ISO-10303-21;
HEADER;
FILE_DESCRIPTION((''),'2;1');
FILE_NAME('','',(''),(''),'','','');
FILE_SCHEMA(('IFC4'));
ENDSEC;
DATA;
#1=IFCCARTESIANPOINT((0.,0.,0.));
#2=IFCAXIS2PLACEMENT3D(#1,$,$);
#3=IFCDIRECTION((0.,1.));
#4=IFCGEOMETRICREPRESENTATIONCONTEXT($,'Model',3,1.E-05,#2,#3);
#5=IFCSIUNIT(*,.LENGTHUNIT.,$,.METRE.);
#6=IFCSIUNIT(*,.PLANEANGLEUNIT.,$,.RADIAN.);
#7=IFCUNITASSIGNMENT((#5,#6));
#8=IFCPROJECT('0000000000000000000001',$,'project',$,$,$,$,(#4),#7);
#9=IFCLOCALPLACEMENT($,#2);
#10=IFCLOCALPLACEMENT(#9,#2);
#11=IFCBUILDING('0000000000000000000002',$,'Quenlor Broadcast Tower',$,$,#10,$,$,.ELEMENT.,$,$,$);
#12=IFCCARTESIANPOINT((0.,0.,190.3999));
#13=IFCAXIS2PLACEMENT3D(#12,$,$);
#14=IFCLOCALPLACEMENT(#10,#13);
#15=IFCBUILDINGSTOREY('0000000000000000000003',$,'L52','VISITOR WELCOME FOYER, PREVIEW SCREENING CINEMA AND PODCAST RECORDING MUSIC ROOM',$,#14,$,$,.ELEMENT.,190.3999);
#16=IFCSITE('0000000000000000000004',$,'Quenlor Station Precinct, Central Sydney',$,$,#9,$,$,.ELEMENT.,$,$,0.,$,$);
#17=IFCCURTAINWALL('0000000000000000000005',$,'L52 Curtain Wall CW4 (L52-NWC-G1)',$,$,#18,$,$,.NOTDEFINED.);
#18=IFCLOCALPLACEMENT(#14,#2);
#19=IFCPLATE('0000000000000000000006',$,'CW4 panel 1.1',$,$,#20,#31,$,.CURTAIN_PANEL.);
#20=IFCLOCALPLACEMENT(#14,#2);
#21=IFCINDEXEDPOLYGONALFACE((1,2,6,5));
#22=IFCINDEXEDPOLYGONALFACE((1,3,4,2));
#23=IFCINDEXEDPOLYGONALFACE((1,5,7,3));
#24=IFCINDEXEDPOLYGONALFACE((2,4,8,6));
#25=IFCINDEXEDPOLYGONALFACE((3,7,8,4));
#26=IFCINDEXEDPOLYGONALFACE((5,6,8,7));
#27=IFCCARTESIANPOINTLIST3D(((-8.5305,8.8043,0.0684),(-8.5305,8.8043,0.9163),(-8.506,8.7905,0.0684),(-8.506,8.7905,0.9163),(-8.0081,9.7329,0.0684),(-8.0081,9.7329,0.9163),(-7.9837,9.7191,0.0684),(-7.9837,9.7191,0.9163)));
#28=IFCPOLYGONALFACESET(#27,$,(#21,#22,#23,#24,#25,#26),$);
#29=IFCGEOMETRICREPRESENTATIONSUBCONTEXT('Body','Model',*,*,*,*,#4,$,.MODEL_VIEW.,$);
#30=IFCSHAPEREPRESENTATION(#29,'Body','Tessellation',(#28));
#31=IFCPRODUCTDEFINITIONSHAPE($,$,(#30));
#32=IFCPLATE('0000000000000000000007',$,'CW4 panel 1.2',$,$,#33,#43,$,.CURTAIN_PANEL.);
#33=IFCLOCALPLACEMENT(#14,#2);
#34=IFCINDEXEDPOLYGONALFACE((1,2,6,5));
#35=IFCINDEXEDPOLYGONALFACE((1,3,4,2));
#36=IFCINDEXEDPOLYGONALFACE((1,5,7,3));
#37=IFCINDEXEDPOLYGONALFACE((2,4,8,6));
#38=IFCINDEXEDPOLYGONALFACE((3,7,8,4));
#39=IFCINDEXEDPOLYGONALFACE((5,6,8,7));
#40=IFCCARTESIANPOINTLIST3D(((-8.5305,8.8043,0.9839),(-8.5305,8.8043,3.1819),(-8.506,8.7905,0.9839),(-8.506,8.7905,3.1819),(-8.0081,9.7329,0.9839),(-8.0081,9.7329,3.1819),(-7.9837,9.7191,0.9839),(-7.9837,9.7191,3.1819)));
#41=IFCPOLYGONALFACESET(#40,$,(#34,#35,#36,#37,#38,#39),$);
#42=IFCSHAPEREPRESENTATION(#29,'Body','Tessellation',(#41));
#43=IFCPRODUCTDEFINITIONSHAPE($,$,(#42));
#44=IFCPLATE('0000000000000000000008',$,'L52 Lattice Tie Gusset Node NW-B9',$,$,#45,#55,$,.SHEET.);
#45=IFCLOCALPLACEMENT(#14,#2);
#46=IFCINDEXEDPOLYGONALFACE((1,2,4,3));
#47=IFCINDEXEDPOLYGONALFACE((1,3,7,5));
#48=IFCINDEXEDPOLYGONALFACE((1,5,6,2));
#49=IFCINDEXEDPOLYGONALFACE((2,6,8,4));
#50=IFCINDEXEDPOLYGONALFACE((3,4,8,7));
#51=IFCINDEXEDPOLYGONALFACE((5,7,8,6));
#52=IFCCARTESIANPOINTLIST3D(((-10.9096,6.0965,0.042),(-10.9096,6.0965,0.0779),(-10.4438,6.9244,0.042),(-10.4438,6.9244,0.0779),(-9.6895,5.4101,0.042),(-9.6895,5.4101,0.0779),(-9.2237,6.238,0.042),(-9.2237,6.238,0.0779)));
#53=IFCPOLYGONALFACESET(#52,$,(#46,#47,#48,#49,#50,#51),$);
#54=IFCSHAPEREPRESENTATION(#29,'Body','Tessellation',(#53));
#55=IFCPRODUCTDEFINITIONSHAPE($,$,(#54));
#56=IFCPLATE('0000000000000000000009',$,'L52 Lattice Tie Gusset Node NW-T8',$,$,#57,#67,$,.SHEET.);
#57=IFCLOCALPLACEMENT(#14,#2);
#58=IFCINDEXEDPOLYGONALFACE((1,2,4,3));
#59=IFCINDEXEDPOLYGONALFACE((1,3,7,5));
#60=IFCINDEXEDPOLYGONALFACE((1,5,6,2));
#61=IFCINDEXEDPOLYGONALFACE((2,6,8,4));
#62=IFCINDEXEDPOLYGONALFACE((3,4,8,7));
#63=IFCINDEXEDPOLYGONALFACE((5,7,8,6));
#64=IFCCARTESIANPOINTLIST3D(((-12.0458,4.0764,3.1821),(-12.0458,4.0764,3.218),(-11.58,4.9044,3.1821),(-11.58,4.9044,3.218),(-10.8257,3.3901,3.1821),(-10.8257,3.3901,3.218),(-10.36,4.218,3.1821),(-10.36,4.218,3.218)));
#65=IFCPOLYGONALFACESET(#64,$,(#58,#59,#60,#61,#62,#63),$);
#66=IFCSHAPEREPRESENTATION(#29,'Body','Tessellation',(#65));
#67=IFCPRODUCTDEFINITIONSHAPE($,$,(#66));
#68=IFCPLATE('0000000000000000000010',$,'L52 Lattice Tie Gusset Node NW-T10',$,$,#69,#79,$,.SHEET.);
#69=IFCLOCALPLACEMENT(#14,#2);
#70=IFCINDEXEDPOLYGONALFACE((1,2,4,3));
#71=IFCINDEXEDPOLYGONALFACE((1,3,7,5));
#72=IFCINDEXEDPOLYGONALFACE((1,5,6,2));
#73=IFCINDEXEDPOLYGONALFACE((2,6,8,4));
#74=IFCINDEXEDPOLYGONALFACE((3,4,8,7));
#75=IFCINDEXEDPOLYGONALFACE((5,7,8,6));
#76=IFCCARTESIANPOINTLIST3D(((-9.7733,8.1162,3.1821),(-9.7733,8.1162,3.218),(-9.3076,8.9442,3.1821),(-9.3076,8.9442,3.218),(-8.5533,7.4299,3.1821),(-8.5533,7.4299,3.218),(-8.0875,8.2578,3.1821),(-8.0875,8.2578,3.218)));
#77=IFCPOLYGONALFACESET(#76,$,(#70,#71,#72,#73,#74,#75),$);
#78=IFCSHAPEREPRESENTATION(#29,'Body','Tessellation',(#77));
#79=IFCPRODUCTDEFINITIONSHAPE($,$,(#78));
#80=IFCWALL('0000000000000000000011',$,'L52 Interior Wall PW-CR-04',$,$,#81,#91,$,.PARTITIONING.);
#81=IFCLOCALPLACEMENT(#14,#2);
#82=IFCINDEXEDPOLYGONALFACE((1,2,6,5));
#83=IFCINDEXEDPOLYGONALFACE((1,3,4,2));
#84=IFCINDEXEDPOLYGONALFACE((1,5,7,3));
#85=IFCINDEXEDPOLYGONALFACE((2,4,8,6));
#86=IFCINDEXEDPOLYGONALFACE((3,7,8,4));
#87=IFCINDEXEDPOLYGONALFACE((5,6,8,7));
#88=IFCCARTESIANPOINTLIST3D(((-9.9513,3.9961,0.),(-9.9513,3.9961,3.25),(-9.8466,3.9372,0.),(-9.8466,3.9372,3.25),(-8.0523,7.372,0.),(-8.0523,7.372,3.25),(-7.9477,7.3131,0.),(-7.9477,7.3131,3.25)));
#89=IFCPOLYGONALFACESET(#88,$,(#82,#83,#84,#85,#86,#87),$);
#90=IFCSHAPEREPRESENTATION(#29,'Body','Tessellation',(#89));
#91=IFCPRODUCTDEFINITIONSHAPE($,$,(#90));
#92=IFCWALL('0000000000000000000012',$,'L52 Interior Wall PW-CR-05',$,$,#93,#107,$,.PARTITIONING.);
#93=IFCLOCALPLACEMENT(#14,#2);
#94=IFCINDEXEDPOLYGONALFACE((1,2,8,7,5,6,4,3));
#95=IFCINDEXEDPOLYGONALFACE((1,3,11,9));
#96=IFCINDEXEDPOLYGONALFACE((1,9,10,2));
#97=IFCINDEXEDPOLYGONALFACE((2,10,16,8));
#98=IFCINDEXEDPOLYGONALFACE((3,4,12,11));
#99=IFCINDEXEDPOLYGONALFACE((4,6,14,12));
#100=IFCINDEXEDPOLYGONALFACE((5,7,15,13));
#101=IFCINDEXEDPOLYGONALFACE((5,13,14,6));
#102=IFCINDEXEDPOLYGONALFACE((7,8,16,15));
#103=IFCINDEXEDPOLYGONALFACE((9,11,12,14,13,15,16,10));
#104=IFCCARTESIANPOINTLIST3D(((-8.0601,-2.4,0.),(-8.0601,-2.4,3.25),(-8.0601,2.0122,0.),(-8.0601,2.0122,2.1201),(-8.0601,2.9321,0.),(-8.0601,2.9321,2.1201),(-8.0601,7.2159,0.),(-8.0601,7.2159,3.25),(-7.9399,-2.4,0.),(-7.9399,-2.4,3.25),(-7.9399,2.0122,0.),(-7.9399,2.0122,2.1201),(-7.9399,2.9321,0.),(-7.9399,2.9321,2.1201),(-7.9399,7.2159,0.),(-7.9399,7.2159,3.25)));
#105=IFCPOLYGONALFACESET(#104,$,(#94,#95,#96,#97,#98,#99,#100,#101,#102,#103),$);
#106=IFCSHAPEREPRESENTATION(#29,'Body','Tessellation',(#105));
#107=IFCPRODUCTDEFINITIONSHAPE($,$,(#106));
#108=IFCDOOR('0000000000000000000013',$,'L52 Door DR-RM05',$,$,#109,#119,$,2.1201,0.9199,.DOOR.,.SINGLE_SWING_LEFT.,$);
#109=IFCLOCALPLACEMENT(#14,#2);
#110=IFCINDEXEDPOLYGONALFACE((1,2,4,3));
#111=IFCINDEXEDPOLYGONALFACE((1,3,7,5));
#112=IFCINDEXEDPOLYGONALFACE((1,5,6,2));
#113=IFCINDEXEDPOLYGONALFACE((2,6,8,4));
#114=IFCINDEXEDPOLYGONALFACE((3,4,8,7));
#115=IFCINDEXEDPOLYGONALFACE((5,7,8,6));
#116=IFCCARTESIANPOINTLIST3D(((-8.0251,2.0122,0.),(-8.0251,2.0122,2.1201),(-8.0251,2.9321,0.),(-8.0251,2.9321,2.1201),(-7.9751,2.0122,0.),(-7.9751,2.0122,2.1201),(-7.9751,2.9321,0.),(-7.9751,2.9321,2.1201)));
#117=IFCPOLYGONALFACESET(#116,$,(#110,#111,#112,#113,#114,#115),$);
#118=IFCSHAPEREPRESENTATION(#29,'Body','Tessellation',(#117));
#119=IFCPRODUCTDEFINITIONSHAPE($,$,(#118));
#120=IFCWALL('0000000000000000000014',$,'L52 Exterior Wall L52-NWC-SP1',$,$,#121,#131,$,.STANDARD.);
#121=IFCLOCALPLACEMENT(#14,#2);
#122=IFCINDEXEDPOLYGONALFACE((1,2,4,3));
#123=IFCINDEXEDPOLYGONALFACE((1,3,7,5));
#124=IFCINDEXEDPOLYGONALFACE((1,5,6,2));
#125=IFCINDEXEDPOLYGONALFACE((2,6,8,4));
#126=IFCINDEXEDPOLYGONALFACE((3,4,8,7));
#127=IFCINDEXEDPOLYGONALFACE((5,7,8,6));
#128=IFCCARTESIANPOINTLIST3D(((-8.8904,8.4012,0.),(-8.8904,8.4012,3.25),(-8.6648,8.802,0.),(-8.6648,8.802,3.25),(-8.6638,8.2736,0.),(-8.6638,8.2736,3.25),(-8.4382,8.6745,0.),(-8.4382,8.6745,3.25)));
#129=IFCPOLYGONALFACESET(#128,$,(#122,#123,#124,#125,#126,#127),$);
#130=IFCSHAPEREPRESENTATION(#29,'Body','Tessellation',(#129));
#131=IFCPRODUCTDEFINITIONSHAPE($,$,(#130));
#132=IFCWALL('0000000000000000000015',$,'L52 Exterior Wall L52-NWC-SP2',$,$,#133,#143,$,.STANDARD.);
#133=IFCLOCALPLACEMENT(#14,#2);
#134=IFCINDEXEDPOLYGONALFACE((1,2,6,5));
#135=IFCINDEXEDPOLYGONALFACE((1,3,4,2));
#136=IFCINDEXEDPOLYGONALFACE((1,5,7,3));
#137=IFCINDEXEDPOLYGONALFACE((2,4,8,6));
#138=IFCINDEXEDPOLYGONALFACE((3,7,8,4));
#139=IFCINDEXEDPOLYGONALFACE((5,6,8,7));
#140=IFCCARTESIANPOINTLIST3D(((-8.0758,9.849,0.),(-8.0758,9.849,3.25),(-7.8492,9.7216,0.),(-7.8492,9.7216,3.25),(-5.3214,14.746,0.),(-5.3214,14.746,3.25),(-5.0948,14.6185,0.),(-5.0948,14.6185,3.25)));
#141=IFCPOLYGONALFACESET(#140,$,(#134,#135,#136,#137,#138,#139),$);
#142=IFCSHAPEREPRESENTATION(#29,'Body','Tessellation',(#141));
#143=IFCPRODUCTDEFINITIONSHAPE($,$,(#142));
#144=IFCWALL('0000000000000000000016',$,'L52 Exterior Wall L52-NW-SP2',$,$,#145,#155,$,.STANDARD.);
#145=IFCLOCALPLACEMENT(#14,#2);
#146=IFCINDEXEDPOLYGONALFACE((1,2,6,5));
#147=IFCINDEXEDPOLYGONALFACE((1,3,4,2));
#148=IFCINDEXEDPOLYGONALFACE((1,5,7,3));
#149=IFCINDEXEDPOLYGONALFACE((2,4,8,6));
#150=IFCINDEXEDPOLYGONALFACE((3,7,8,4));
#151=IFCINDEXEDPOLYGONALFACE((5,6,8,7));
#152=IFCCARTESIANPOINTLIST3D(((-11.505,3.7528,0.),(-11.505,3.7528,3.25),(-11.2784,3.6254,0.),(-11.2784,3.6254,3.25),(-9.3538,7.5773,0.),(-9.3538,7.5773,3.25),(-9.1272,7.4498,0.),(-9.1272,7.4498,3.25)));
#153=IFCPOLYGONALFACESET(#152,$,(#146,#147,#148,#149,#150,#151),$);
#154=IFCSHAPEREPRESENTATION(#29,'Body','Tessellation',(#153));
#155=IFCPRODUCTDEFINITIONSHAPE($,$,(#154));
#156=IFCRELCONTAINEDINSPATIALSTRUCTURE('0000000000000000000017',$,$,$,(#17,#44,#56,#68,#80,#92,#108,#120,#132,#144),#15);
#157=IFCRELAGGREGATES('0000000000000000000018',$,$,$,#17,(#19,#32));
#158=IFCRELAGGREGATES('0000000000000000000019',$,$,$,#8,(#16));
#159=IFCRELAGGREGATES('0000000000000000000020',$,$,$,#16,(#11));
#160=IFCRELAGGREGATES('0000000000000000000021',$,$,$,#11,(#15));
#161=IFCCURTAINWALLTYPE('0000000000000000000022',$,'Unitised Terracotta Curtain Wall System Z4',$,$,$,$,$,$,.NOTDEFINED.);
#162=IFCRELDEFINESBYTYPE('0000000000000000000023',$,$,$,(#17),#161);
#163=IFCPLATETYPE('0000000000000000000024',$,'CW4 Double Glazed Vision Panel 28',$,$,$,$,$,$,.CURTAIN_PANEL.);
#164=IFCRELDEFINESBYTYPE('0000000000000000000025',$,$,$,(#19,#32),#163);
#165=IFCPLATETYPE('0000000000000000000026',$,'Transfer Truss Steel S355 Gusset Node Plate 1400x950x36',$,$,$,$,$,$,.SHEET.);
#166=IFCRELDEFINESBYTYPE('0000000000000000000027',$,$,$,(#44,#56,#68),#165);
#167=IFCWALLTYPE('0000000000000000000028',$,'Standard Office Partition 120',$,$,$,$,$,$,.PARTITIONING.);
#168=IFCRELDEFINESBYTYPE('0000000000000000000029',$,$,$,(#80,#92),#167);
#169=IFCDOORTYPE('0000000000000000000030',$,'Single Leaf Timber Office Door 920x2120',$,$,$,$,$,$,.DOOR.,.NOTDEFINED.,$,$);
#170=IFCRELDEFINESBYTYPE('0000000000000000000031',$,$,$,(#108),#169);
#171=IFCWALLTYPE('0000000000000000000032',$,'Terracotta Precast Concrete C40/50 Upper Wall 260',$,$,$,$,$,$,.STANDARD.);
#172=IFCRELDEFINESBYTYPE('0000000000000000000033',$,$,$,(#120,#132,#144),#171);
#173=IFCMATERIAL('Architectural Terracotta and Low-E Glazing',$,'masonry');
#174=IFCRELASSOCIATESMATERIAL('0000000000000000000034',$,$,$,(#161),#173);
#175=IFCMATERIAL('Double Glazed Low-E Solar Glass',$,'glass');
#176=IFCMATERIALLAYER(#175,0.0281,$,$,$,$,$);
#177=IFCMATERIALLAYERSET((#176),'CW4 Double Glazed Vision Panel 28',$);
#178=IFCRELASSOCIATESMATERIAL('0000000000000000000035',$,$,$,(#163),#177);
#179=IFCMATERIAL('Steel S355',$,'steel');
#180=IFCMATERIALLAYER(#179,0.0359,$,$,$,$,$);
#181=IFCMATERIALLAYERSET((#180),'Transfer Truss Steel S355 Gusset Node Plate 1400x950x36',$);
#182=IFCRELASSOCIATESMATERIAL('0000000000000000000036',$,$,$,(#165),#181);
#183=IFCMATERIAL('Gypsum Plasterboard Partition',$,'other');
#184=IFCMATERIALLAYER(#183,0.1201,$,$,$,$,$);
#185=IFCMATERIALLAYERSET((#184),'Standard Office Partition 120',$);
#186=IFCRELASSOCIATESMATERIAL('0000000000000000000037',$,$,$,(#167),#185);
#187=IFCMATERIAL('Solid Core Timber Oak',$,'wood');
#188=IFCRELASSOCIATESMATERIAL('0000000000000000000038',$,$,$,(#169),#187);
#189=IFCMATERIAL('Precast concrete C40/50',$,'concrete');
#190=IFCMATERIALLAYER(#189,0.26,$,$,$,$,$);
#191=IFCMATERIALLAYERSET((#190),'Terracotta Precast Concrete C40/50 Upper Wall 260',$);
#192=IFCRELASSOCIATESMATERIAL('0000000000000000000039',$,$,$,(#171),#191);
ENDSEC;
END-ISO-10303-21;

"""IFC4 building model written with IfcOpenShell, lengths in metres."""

from ifc_helpers import new_model, si_unit, direction, frame, frame_2d, origin, origin_2d, place, context, subcontext, project, spatial, rectangle, extrude, material, layer, layer_set, type_object, element, fill, aggregate, save


model = new_model("IFC4")

# Units and contexts
model_context = context("Model", 3, precision=1e-05, world=origin(), true_north=direction((0.0, 1.0)))
body_context = subcontext(model_context, "Body", "Model", "MODEL_VIEW")
ifc_project = project(units=[si_unit("LENGTHUNIT", "METRE"), si_unit("PLANEANGLEUNIT", "RADIAN")], contexts=[model_context])

# Site, building, storey
site_placement = place(None, origin())
site = spatial("IfcSite", under=ifc_project, at=site_placement, Name="Quenlor Station Precinct, Central Sydney", CompositionType="ELEMENT", RefElevation=0.0)
building_placement = place(site_placement, origin())
building = spatial("IfcBuilding", under=site, at=building_placement, Name="Quenlor Broadcast Tower", CompositionType="ELEMENT")
storey_placement = place(building_placement, frame((0.0, 0.0, 190.3999)))
storey = spatial("IfcBuildingStorey", under=building, at=storey_placement, Name="L52", Description="VISITOR WELCOME FOYER, PREVIEW SCREENING CINEMA AND PODCAST RECORDING MUSIC ROOM", CompositionType="ELEMENT", Elevation=190.3999)

# Curtain wall
ifc_material_1 = material(Name="Architectural Terracotta and Low-E Glazing", Category="masonry")
curtain_wall_type = type_object("IfcCurtainWallType", Name="Unitised Terracotta Curtain Wall System Z4", PredefinedType="NOTDEFINED", material=ifc_material_1)
curtain_wall_placement = place(storey_placement, origin())
curtain_wall = element("IfcCurtainWall", 1, at=curtain_wall_placement, inside=storey, type_object=curtain_wall_type, Name="L52 Curtain Wall CW4 (L52-NWC-G1)", PredefinedType="NOTDEFINED")

# Plates
ifc_material_2 = material(Name="Double Glazed Low-E Solar Glass", Category="glass")
ifc_layer_1 = layer(ifc_material_2, 0.0281)
ifc_layer_set_1 = layer_set([ifc_layer_1], Name="CW4 Double Glazed Vision Panel 28")
plate_type_1 = type_object("IfcPlateType", Name="CW4 Double Glazed Vision Panel 28", PredefinedType="CURTAIN_PANEL", material=ifc_layer_set_1)
plate_1_placement = place(storey_placement, frame((-8.2571, 9.2617, 0.0684), z_axis=(0.0, 0.0, 1.0), x_axis=(0.490293, 0.871558, 0.0)))
plate_1 = element("IfcPlate", 2, at=plate_1_placement, type_object=plate_type_1, Name="CW4 panel 1.1", PredefinedType="CURTAIN_PANEL", context=body_context, shape_type="SweptSolid", body=[
    extrude(rectangle(XDim=1.0654, YDim=0.0281, at=origin_2d()), origin(), (0.0, 0.0, 1.0), 0.8479),
])
plate_2_placement = place(storey_placement, frame((-8.2571, 9.2617, 0.9839), z_axis=(0.0, 0.0, 1.0), x_axis=(0.490293, 0.871558, 0.0)))
plate_2 = element("IfcPlate", 3, at=plate_2_placement, type_object=plate_type_1, Name="CW4 panel 1.2", PredefinedType="CURTAIN_PANEL", context=body_context, shape_type="SweptSolid", body=[
    extrude(rectangle(XDim=1.0654, YDim=0.0281, at=origin_2d()), origin(), (0.0, 0.0, 1.0), 2.198),
])
aggregate(curtain_wall, [plate_1, plate_2])

# Plates
ifc_material_3 = material(Name="Steel S355", Category="steel")
ifc_layer_2 = layer(ifc_material_3, 0.0359)
ifc_layer_set_2 = layer_set([ifc_layer_2], Name="Transfer Truss Steel S355 Gusset Node Plate 1400x950x36")
plate_type_2 = type_object("IfcPlateType", Name="Transfer Truss Steel S355 Gusset Node Plate 1400x950x36", PredefinedType="SHEET", material=ifc_layer_set_2)
for number, where, z_axis, x_axis, name in (
    (4, (-10.0667, 6.1672, 0.042), (0.0, 0.0, 1.0), (-0.871556, 0.490295, 0.0), "L52 Lattice Tie Gusset Node NW-B9"),
    (5, (-11.2029, 4.1472, 3.1821), (0.0, 0.0, 1.0), (-0.871556, 0.490295, 0.0), "L52 Lattice Tie Gusset Node NW-T8"),
    (6, (-8.9304, 8.187, 3.1821), (0.0, 0.0, 1.0), (-0.871556, 0.490295, 0.0), "L52 Lattice Tie Gusset Node NW-T10"),
):
    element("IfcPlate", number, at=place(storey_placement, frame(where, z_axis=z_axis, x_axis=x_axis)), inside=storey, type_object=plate_type_2, Name=name, PredefinedType="SHEET", context=body_context, shape_type="SweptSolid", body=[
        extrude(rectangle(XDim=1.3999, YDim=0.95, at=origin_2d()), origin(), (0.0, 0.0, 1.0), 0.0359),
    ])

# Wall
ifc_material_4 = material(Name="Gypsum Plasterboard Partition", Category="other")
ifc_layer_3 = layer(ifc_material_4, 0.1201)
ifc_layer_set_3 = layer_set([ifc_layer_3], Name="Standard Office Partition 120")
wall_type_1 = type_object("IfcWallType", Name="Standard Office Partition 120", PredefinedType="PARTITIONING", material=ifc_layer_set_3)
wall_1_placement = place(storey_placement, frame((-9.8989, 3.9668, 0.0), z_axis=(0.0, 0.0, 1.0), x_axis=(0.490276, 0.871567, 0.0)))
element("IfcWall", 7, at=wall_1_placement, inside=storey, type_object=wall_type_1, Name="L52 Interior Wall PW-CR-04", PredefinedType="PARTITIONING", context=body_context, shape_type="SweptSolid", body=[
    extrude(rectangle(XDim=3.8733, YDim=0.1201, at=frame_2d((1.9365, 0.0))), origin(), (0.0, 0.0, 1.0), 3.25),
])

# Wall, opening, door
wall_2_placement = place(storey_placement, frame((-8.0, 7.2161, 0.0), z_axis=(0.0, 0.0, 1.0), x_axis=(0.0, -1.0, 0.0)))
wall_2 = element("IfcWall", 8, at=wall_2_placement, inside=storey, type_object=wall_type_1, Name="L52 Interior Wall PW-CR-05", PredefinedType="PARTITIONING", context=body_context, shape_type="SweptSolid", body=[
    extrude(rectangle(XDim=9.616, YDim=0.1201, at=frame_2d((4.8081, 0.0))), origin(), (0.0, 0.0, 1.0), 3.25),
])
opening_placement = place(wall_2_placement, frame((4.2839, 0.0, 0.0)))
opening = element("IfcOpeningElement", 9, at=opening_placement, cuts=wall_2, PredefinedType="OPENING", context=body_context, shape_type="SweptSolid", body=[
    extrude(rectangle(XDim=0.9199, YDim=2.1201, at=frame_2d((0.46, 1.0601))), frame((0.0, 0.0701, 0.0), z_axis=(0.0, -1.0, 0.0), x_axis=(1.0, 0.0, 0.0)), (0.0, 0.0, 1.0), 0.1401),
])
ifc_material_5 = material(Name="Solid Core Timber Oak", Category="wood")
door_type = type_object("IfcDoorType", Name="Single Leaf Timber Office Door 920x2120", OperationType="NOTDEFINED", PredefinedType="DOOR", material=ifc_material_5)
door_placement = place(opening_placement, origin())
door = element("IfcDoor", 10, at=door_placement, inside=storey, type_object=door_type, Name="L52 Door DR-RM05", OperationType="SINGLE_SWING_LEFT", OverallHeight=2.1201, OverallWidth=0.9199, PredefinedType="DOOR", context=body_context, shape_type="SweptSolid", body=[
    extrude(rectangle(XDim=0.9199, YDim=2.1201, at=frame_2d((0.46, 1.0601))), frame((0.0, 0.0249, 0.0), z_axis=(0.0, -1.0, 0.0), x_axis=(1.0, 0.0, 0.0)), (0.0, 0.0, 1.0), 0.05),
])
fill(opening, door)

# Walls
ifc_material_6 = material(Name="Precast concrete C40/50", Category="concrete")
ifc_layer_4 = layer(ifc_material_6, 0.26)
ifc_layer_set_4 = layer_set([ifc_layer_4], Name="Terracotta Precast Concrete C40/50 Upper Wall 260")
wall_type_2 = type_object("IfcWallType", Name="Terracotta Precast Concrete C40/50 Upper Wall 260", PredefinedType="STANDARD", material=ifc_layer_set_4)
wall_3_placement = place(storey_placement, frame((-8.7771, 8.3374, 0.0), z_axis=(0.0, 0.0, 1.0), x_axis=(0.490412, 0.87149, 0.0)))
element("IfcWall", 11, at=wall_3_placement, inside=storey, type_object=wall_type_2, Name="L52 Exterior Wall L52-NWC-SP1", PredefinedType="STANDARD", context=body_context, shape_type="SweptSolid", body=[
    extrude(rectangle(XDim=0.46, YDim=0.26, at=frame_2d((0.23, 0.0))), origin(), (0.0, 0.0, 1.0), 3.25),
])
wall_4_placement = place(storey_placement, frame((-7.9624, 9.7854, 0.0), z_axis=(0.0, 0.0, 1.0), x_axis=(0.490241, 0.871587, 0.0)))
element("IfcWall", 12, at=wall_4_placement, inside=storey, type_object=wall_type_2, Name="L52 Exterior Wall L52-NWC-SP2", PredefinedType="STANDARD", context=body_context, shape_type="SweptSolid", body=[
    extrude(rectangle(XDim=5.6184, YDim=0.26, at=frame_2d((2.8091, 0.0))), origin(), (0.0, 0.0, 1.0), 3.25),
])
wall_5_placement = place(storey_placement, frame((-11.3916, 3.6892, 0.0), z_axis=(0.0, 0.0, 1.0), x_axis=(0.490237, 0.871589, 0.0)))
element("IfcWall", 13, at=wall_5_placement, inside=storey, type_object=wall_type_2, Name="L52 Exterior Wall L52-NW-SP2", PredefinedType="STANDARD", context=body_context, shape_type="SweptSolid", body=[
    extrude(rectangle(XDim=4.3879, YDim=0.26, at=frame_2d((2.1938, 0.0))), origin(), (0.0, 0.0, 1.0), 3.25),
])

save(model, "model.ifc")
